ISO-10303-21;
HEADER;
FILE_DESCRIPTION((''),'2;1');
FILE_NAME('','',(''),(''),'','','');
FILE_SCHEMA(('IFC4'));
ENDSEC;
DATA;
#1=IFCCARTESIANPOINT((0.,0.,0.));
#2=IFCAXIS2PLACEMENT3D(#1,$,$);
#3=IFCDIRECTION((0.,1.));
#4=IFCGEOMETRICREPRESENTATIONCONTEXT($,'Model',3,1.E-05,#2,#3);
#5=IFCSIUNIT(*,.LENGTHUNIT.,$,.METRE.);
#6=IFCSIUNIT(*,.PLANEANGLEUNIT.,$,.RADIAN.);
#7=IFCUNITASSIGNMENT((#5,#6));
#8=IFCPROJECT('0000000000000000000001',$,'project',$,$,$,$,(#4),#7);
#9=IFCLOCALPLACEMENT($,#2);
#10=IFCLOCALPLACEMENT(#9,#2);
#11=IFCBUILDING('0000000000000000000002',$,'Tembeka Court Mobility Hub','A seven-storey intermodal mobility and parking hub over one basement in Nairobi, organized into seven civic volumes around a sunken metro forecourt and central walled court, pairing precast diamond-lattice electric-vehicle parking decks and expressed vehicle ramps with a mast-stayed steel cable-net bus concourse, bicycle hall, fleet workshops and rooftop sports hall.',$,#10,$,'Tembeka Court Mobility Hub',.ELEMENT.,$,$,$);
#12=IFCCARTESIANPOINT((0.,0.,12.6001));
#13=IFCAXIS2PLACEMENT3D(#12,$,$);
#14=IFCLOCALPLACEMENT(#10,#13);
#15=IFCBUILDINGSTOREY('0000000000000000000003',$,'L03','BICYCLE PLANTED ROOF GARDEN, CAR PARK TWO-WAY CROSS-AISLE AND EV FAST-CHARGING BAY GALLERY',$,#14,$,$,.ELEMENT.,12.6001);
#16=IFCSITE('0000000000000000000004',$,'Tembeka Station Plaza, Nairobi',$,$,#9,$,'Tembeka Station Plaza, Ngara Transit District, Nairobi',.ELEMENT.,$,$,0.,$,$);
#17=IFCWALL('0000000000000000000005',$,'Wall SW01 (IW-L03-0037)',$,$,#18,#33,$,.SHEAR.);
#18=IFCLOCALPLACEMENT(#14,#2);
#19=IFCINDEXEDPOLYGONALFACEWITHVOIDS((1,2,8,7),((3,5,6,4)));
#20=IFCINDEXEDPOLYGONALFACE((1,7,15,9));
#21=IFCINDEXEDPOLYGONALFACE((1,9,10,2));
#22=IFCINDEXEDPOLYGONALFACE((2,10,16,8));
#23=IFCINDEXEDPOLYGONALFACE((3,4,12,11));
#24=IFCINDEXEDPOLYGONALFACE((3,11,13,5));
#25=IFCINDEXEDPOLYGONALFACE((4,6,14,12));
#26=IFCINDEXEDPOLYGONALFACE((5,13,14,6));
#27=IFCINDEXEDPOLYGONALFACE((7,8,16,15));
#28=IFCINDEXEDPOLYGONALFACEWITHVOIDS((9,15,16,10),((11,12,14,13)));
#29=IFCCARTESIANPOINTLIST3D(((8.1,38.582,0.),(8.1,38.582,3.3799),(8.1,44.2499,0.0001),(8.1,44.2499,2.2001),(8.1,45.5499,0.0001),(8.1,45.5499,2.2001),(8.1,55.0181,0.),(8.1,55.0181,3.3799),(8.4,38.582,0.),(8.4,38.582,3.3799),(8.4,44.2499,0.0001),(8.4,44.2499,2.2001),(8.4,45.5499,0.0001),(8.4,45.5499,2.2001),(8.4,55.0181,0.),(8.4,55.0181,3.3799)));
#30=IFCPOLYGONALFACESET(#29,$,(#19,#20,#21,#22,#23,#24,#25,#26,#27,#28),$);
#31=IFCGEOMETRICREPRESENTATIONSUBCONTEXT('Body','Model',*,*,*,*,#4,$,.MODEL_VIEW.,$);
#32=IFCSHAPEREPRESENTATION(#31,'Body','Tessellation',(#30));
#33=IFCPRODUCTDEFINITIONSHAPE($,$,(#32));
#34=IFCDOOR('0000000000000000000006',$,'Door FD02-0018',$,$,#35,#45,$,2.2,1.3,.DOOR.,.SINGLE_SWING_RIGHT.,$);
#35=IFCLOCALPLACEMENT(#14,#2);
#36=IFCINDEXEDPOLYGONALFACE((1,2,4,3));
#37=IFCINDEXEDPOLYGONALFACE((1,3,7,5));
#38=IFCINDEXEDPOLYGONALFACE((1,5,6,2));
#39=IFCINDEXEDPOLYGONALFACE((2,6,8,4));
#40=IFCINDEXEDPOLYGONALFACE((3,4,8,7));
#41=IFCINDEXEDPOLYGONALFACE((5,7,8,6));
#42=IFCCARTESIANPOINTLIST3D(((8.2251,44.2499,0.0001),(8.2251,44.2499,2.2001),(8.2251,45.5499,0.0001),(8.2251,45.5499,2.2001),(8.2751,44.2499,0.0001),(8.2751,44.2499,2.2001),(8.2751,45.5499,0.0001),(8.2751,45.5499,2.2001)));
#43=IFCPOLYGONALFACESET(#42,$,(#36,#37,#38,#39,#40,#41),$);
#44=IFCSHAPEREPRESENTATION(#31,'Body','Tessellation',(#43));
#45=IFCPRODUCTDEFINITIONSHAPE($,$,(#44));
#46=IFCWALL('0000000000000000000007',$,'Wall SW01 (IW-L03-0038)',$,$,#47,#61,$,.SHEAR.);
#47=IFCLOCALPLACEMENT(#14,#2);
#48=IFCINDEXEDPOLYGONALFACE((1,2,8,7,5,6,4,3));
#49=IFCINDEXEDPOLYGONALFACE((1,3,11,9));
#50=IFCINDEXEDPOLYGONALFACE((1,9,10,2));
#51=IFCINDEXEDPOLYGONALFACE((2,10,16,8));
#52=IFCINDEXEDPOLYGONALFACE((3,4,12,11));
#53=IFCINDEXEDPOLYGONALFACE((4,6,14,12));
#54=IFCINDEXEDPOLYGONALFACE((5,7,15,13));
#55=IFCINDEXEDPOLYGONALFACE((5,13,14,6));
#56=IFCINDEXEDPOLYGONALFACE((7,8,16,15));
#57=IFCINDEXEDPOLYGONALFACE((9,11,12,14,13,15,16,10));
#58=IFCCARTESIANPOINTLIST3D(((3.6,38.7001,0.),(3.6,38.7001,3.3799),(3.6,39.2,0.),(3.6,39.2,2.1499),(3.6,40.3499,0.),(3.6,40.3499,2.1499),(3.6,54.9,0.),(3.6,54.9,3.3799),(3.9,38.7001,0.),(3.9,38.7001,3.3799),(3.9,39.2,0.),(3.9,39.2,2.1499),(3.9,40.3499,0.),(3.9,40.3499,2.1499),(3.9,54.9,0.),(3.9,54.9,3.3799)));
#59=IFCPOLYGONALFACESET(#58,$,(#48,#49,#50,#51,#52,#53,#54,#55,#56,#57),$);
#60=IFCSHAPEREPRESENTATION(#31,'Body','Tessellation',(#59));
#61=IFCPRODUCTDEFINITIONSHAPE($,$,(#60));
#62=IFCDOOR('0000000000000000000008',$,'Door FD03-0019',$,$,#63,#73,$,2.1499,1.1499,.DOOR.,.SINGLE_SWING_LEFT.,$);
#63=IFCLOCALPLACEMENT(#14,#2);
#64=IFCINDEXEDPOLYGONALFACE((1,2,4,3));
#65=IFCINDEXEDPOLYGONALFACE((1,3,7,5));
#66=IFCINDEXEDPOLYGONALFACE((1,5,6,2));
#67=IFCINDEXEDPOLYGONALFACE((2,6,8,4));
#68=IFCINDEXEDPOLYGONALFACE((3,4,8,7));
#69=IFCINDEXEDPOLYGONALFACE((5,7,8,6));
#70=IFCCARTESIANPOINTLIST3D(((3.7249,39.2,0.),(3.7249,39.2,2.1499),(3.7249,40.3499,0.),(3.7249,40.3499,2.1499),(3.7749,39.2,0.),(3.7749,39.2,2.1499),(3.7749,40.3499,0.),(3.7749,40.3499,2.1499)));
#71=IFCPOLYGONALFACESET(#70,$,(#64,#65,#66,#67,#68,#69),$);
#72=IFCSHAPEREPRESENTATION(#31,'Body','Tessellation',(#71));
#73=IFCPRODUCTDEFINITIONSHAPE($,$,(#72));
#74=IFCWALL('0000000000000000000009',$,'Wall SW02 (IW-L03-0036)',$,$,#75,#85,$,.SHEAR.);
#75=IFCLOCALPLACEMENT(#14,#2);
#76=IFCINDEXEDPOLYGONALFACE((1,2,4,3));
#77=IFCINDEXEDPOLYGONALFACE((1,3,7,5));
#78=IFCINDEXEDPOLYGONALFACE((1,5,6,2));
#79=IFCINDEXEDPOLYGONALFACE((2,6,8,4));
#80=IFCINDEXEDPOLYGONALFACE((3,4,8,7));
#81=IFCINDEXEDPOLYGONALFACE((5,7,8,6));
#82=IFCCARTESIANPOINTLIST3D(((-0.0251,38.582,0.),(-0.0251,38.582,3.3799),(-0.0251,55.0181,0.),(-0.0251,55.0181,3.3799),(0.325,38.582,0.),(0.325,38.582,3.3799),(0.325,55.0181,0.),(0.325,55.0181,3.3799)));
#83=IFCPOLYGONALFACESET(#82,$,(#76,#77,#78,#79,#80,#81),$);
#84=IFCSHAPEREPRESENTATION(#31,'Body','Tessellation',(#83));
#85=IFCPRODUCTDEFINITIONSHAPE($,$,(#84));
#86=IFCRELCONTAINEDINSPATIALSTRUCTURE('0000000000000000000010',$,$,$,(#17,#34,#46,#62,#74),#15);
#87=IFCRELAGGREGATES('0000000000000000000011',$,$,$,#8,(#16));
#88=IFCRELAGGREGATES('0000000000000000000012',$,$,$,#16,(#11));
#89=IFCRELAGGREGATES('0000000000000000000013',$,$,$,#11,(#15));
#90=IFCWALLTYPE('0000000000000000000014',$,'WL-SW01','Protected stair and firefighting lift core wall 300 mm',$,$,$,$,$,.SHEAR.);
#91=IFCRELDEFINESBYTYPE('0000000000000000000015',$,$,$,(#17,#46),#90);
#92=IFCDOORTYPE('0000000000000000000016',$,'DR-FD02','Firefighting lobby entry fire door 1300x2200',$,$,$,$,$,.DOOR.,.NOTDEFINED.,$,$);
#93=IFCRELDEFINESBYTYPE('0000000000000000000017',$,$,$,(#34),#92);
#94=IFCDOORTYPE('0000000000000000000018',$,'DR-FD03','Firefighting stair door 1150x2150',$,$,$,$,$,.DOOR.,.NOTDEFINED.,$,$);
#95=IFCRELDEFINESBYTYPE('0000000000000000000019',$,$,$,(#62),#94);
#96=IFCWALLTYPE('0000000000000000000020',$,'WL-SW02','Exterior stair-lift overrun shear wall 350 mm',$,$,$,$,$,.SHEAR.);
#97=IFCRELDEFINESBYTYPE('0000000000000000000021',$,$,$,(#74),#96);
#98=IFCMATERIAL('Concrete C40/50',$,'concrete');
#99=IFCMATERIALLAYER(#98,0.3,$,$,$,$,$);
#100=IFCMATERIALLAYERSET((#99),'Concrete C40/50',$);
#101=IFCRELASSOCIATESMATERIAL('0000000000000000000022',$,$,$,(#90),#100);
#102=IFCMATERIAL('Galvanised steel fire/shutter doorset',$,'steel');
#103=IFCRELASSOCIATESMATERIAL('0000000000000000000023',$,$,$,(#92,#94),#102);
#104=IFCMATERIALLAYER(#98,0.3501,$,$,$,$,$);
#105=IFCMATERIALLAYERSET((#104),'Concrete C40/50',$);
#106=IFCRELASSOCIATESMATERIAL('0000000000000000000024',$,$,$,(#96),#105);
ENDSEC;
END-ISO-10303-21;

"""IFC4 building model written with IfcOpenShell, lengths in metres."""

from ifc_helpers import new_model, si_unit, direction, frame, frame_2d, origin, place, context, subcontext, project, spatial, rectangle, extrude, material, layer, layer_set, type_object, element, fill, save


model = new_model("IFC4")

# Units and contexts
model_context = context("Model", 3, precision=1e-05, world=origin(), true_north=direction((0.0, 1.0)))
body_context = subcontext(model_context, "Body", "Model", "MODEL_VIEW")
ifc_project = project(units=[si_unit("LENGTHUNIT", "METRE"), si_unit("PLANEANGLEUNIT", "RADIAN")], contexts=[model_context])

# Site, building, storey
site_placement = place(None, origin())
site = spatial("IfcSite", under=ifc_project, at=site_placement, Name="Tembeka Station Plaza, Nairobi", LongName="Tembeka Station Plaza, Ngara Transit District, Nairobi", CompositionType="ELEMENT", RefElevation=0.0)
building_placement = place(site_placement, origin())
building = spatial("IfcBuilding", under=site, at=building_placement, Name="Tembeka Court Mobility Hub", Description="A seven-storey intermodal mobility and parking hub over one basement in Nairobi, organized into seven civic volumes around a sunken metro forecourt and central walled court, pairing precast diamond-lattice electric-vehicle parking decks and expressed vehicle ramps with a mast-stayed steel cable-net bus concourse, bicycle hall, fleet workshops and rooftop sports hall.", LongName="Tembeka Court Mobility Hub", CompositionType="ELEMENT")
storey_placement = place(building_placement, frame((0.0, 0.0, 12.6001)))
storey = spatial("IfcBuildingStorey", under=building, at=storey_placement, Name="L03", Description="BICYCLE PLANTED ROOF GARDEN, CAR PARK TWO-WAY CROSS-AISLE AND EV FAST-CHARGING BAY GALLERY", CompositionType="ELEMENT", Elevation=12.6001)

# Shared definitions
ifc_material_1 = material(Name="Concrete C40/50", Category="concrete")
ifc_layer_1 = layer(ifc_material_1, 0.3)
ifc_layer_set_1 = layer_set([ifc_layer_1], Name="Concrete C40/50")
wall_type_1 = type_object("IfcWallType", Name="WL-SW01", Description="Protected stair and firefighting lift core wall 300 mm", PredefinedType="SHEAR", material=ifc_layer_set_1)

# Walls, openings, doors
wall_1_placement = place(storey_placement, frame((8.25, 38.582, 0.0), z_axis=(0.0, 0.0, 1.0), x_axis=(0.0, 1.0, 0.0)))
wall_1 = element("IfcWall", 1, at=wall_1_placement, inside=storey, type_object=wall_type_1, Name="Wall SW01 (IW-L03-0037)", PredefinedType="SHEAR", context=body_context, shape_type="SweptSolid", body=[
    extrude(rectangle(XDim=16.436, YDim=0.3, at=frame_2d((8.218, 0.0))), origin(), (0.0, 0.0, 1.0), 3.3799),
])
opening_1_placement = place(wall_1_placement, frame((5.668, 0.0, 0.0)))
opening_1 = element("IfcOpeningElement", 2, at=opening_1_placement, cuts=wall_1, PredefinedType="OPENING", context=body_context, shape_type="SweptSolid", body=[
    extrude(rectangle(XDim=1.3, YDim=2.2, at=frame_2d((0.6499, 1.1001))), frame((0.0, 0.1602, 0.0), z_axis=(0.0, -1.0, 0.0), x_axis=(1.0, 0.0, 0.0)), (0.0, 0.0, 1.0), 0.3201),
])
ifc_material_2 = material(Name="Galvanised steel fire/shutter doorset", Category="steel")
door_type_1 = type_object("IfcDoorType", Name="DR-FD02", Description="Firefighting lobby entry fire door 1300x2200", OperationType="NOTDEFINED", PredefinedType="DOOR", material=ifc_material_2)
door_1_placement = place(opening_1_placement, origin())
door_1 = element("IfcDoor", 3, at=door_1_placement, inside=storey, type_object=door_type_1, Name="Door FD02-0018", OperationType="SINGLE_SWING_RIGHT", OverallHeight=2.2, OverallWidth=1.3, PredefinedType="DOOR", context=body_context, shape_type="SweptSolid", body=[
    extrude(rectangle(XDim=1.3, YDim=2.2, at=frame_2d((0.6499, 1.1001))), frame((0.0, 0.0249, 0.0), z_axis=(0.0, -1.0, 0.0), x_axis=(1.0, 0.0, 0.0)), (0.0, 0.0, 1.0), 0.05),
])
fill(opening_1, door_1)
wall_2_placement = place(storey_placement, frame((3.75, 38.7, 0.0), z_axis=(0.0, 0.0, 1.0), x_axis=(0.0, 1.0, 0.0)))
wall_2 = element("IfcWall", 4, at=wall_2_placement, inside=storey, type_object=wall_type_1, Name="Wall SW01 (IW-L03-0038)", PredefinedType="SHEAR", context=body_context, shape_type="SweptSolid", body=[
    extrude(rectangle(XDim=16.2, YDim=0.3, at=frame_2d((8.1001, 0.0))), origin(), (0.0, 0.0, 1.0), 3.3799),
])
opening_2_placement = place(wall_2_placement, frame((0.5, 0.0, 0.0)))
opening_2 = element("IfcOpeningElement", 5, at=opening_2_placement, cuts=wall_2, PredefinedType="OPENING", context=body_context, shape_type="SweptSolid", body=[
    extrude(rectangle(XDim=1.1499, YDim=2.1499, at=frame_2d((0.575, 1.075))), frame((0.0, 0.1602, 0.0), z_axis=(0.0, -1.0, 0.0), x_axis=(1.0, 0.0, 0.0)), (0.0, 0.0, 1.0), 0.3201),
])
door_type_2 = type_object("IfcDoorType", Name="DR-FD03", Description="Firefighting stair door 1150x2150", OperationType="NOTDEFINED", PredefinedType="DOOR", material=ifc_material_2)
door_2_placement = place(opening_2_placement, frame((1.1499, 0.0, 0.0), z_axis=(0.0, 0.0, 1.0), x_axis=(-1.0, 0.0, 0.0)))
door_2 = element("IfcDoor", 6, at=door_2_placement, inside=storey, type_object=door_type_2, Name="Door FD03-0019", OperationType="SINGLE_SWING_LEFT", OverallHeight=2.1499, OverallWidth=1.1499, PredefinedType="DOOR", context=body_context, shape_type="SweptSolid", body=[
    extrude(rectangle(XDim=1.1499, YDim=2.1499, at=frame_2d((0.575, 1.075))), frame((0.0, 0.0249, 0.0), z_axis=(0.0, -1.0, 0.0), x_axis=(1.0, 0.0, 0.0)), (0.0, 0.0, 1.0), 0.05),
])
fill(opening_2, door_2)

# Wall
ifc_layer_2 = layer(ifc_material_1, 0.3501)
ifc_layer_set_2 = layer_set([ifc_layer_2], Name="Concrete C40/50")
wall_type_2 = type_object("IfcWallType", Name="WL-SW02", Description="Exterior stair-lift overrun shear wall 350 mm", PredefinedType="SHEAR", material=ifc_layer_set_2)
wall_3_placement = place(storey_placement, frame((0.1499, 38.582, 0.0), z_axis=(0.0, 0.0, 1.0), x_axis=(0.0, 1.0, 0.0)))
element("IfcWall", 7, at=wall_3_placement, inside=storey, type_object=wall_type_2, Name="Wall SW02 (IW-L03-0036)", PredefinedType="SHEAR", context=body_context, shape_type="SweptSolid", body=[
    extrude(rectangle(XDim=16.436, YDim=0.3501, at=frame_2d((8.218, 0.0))), origin(), (0.0, 0.0, 1.0), 3.3799),
])

save(model, "model.ifc")
